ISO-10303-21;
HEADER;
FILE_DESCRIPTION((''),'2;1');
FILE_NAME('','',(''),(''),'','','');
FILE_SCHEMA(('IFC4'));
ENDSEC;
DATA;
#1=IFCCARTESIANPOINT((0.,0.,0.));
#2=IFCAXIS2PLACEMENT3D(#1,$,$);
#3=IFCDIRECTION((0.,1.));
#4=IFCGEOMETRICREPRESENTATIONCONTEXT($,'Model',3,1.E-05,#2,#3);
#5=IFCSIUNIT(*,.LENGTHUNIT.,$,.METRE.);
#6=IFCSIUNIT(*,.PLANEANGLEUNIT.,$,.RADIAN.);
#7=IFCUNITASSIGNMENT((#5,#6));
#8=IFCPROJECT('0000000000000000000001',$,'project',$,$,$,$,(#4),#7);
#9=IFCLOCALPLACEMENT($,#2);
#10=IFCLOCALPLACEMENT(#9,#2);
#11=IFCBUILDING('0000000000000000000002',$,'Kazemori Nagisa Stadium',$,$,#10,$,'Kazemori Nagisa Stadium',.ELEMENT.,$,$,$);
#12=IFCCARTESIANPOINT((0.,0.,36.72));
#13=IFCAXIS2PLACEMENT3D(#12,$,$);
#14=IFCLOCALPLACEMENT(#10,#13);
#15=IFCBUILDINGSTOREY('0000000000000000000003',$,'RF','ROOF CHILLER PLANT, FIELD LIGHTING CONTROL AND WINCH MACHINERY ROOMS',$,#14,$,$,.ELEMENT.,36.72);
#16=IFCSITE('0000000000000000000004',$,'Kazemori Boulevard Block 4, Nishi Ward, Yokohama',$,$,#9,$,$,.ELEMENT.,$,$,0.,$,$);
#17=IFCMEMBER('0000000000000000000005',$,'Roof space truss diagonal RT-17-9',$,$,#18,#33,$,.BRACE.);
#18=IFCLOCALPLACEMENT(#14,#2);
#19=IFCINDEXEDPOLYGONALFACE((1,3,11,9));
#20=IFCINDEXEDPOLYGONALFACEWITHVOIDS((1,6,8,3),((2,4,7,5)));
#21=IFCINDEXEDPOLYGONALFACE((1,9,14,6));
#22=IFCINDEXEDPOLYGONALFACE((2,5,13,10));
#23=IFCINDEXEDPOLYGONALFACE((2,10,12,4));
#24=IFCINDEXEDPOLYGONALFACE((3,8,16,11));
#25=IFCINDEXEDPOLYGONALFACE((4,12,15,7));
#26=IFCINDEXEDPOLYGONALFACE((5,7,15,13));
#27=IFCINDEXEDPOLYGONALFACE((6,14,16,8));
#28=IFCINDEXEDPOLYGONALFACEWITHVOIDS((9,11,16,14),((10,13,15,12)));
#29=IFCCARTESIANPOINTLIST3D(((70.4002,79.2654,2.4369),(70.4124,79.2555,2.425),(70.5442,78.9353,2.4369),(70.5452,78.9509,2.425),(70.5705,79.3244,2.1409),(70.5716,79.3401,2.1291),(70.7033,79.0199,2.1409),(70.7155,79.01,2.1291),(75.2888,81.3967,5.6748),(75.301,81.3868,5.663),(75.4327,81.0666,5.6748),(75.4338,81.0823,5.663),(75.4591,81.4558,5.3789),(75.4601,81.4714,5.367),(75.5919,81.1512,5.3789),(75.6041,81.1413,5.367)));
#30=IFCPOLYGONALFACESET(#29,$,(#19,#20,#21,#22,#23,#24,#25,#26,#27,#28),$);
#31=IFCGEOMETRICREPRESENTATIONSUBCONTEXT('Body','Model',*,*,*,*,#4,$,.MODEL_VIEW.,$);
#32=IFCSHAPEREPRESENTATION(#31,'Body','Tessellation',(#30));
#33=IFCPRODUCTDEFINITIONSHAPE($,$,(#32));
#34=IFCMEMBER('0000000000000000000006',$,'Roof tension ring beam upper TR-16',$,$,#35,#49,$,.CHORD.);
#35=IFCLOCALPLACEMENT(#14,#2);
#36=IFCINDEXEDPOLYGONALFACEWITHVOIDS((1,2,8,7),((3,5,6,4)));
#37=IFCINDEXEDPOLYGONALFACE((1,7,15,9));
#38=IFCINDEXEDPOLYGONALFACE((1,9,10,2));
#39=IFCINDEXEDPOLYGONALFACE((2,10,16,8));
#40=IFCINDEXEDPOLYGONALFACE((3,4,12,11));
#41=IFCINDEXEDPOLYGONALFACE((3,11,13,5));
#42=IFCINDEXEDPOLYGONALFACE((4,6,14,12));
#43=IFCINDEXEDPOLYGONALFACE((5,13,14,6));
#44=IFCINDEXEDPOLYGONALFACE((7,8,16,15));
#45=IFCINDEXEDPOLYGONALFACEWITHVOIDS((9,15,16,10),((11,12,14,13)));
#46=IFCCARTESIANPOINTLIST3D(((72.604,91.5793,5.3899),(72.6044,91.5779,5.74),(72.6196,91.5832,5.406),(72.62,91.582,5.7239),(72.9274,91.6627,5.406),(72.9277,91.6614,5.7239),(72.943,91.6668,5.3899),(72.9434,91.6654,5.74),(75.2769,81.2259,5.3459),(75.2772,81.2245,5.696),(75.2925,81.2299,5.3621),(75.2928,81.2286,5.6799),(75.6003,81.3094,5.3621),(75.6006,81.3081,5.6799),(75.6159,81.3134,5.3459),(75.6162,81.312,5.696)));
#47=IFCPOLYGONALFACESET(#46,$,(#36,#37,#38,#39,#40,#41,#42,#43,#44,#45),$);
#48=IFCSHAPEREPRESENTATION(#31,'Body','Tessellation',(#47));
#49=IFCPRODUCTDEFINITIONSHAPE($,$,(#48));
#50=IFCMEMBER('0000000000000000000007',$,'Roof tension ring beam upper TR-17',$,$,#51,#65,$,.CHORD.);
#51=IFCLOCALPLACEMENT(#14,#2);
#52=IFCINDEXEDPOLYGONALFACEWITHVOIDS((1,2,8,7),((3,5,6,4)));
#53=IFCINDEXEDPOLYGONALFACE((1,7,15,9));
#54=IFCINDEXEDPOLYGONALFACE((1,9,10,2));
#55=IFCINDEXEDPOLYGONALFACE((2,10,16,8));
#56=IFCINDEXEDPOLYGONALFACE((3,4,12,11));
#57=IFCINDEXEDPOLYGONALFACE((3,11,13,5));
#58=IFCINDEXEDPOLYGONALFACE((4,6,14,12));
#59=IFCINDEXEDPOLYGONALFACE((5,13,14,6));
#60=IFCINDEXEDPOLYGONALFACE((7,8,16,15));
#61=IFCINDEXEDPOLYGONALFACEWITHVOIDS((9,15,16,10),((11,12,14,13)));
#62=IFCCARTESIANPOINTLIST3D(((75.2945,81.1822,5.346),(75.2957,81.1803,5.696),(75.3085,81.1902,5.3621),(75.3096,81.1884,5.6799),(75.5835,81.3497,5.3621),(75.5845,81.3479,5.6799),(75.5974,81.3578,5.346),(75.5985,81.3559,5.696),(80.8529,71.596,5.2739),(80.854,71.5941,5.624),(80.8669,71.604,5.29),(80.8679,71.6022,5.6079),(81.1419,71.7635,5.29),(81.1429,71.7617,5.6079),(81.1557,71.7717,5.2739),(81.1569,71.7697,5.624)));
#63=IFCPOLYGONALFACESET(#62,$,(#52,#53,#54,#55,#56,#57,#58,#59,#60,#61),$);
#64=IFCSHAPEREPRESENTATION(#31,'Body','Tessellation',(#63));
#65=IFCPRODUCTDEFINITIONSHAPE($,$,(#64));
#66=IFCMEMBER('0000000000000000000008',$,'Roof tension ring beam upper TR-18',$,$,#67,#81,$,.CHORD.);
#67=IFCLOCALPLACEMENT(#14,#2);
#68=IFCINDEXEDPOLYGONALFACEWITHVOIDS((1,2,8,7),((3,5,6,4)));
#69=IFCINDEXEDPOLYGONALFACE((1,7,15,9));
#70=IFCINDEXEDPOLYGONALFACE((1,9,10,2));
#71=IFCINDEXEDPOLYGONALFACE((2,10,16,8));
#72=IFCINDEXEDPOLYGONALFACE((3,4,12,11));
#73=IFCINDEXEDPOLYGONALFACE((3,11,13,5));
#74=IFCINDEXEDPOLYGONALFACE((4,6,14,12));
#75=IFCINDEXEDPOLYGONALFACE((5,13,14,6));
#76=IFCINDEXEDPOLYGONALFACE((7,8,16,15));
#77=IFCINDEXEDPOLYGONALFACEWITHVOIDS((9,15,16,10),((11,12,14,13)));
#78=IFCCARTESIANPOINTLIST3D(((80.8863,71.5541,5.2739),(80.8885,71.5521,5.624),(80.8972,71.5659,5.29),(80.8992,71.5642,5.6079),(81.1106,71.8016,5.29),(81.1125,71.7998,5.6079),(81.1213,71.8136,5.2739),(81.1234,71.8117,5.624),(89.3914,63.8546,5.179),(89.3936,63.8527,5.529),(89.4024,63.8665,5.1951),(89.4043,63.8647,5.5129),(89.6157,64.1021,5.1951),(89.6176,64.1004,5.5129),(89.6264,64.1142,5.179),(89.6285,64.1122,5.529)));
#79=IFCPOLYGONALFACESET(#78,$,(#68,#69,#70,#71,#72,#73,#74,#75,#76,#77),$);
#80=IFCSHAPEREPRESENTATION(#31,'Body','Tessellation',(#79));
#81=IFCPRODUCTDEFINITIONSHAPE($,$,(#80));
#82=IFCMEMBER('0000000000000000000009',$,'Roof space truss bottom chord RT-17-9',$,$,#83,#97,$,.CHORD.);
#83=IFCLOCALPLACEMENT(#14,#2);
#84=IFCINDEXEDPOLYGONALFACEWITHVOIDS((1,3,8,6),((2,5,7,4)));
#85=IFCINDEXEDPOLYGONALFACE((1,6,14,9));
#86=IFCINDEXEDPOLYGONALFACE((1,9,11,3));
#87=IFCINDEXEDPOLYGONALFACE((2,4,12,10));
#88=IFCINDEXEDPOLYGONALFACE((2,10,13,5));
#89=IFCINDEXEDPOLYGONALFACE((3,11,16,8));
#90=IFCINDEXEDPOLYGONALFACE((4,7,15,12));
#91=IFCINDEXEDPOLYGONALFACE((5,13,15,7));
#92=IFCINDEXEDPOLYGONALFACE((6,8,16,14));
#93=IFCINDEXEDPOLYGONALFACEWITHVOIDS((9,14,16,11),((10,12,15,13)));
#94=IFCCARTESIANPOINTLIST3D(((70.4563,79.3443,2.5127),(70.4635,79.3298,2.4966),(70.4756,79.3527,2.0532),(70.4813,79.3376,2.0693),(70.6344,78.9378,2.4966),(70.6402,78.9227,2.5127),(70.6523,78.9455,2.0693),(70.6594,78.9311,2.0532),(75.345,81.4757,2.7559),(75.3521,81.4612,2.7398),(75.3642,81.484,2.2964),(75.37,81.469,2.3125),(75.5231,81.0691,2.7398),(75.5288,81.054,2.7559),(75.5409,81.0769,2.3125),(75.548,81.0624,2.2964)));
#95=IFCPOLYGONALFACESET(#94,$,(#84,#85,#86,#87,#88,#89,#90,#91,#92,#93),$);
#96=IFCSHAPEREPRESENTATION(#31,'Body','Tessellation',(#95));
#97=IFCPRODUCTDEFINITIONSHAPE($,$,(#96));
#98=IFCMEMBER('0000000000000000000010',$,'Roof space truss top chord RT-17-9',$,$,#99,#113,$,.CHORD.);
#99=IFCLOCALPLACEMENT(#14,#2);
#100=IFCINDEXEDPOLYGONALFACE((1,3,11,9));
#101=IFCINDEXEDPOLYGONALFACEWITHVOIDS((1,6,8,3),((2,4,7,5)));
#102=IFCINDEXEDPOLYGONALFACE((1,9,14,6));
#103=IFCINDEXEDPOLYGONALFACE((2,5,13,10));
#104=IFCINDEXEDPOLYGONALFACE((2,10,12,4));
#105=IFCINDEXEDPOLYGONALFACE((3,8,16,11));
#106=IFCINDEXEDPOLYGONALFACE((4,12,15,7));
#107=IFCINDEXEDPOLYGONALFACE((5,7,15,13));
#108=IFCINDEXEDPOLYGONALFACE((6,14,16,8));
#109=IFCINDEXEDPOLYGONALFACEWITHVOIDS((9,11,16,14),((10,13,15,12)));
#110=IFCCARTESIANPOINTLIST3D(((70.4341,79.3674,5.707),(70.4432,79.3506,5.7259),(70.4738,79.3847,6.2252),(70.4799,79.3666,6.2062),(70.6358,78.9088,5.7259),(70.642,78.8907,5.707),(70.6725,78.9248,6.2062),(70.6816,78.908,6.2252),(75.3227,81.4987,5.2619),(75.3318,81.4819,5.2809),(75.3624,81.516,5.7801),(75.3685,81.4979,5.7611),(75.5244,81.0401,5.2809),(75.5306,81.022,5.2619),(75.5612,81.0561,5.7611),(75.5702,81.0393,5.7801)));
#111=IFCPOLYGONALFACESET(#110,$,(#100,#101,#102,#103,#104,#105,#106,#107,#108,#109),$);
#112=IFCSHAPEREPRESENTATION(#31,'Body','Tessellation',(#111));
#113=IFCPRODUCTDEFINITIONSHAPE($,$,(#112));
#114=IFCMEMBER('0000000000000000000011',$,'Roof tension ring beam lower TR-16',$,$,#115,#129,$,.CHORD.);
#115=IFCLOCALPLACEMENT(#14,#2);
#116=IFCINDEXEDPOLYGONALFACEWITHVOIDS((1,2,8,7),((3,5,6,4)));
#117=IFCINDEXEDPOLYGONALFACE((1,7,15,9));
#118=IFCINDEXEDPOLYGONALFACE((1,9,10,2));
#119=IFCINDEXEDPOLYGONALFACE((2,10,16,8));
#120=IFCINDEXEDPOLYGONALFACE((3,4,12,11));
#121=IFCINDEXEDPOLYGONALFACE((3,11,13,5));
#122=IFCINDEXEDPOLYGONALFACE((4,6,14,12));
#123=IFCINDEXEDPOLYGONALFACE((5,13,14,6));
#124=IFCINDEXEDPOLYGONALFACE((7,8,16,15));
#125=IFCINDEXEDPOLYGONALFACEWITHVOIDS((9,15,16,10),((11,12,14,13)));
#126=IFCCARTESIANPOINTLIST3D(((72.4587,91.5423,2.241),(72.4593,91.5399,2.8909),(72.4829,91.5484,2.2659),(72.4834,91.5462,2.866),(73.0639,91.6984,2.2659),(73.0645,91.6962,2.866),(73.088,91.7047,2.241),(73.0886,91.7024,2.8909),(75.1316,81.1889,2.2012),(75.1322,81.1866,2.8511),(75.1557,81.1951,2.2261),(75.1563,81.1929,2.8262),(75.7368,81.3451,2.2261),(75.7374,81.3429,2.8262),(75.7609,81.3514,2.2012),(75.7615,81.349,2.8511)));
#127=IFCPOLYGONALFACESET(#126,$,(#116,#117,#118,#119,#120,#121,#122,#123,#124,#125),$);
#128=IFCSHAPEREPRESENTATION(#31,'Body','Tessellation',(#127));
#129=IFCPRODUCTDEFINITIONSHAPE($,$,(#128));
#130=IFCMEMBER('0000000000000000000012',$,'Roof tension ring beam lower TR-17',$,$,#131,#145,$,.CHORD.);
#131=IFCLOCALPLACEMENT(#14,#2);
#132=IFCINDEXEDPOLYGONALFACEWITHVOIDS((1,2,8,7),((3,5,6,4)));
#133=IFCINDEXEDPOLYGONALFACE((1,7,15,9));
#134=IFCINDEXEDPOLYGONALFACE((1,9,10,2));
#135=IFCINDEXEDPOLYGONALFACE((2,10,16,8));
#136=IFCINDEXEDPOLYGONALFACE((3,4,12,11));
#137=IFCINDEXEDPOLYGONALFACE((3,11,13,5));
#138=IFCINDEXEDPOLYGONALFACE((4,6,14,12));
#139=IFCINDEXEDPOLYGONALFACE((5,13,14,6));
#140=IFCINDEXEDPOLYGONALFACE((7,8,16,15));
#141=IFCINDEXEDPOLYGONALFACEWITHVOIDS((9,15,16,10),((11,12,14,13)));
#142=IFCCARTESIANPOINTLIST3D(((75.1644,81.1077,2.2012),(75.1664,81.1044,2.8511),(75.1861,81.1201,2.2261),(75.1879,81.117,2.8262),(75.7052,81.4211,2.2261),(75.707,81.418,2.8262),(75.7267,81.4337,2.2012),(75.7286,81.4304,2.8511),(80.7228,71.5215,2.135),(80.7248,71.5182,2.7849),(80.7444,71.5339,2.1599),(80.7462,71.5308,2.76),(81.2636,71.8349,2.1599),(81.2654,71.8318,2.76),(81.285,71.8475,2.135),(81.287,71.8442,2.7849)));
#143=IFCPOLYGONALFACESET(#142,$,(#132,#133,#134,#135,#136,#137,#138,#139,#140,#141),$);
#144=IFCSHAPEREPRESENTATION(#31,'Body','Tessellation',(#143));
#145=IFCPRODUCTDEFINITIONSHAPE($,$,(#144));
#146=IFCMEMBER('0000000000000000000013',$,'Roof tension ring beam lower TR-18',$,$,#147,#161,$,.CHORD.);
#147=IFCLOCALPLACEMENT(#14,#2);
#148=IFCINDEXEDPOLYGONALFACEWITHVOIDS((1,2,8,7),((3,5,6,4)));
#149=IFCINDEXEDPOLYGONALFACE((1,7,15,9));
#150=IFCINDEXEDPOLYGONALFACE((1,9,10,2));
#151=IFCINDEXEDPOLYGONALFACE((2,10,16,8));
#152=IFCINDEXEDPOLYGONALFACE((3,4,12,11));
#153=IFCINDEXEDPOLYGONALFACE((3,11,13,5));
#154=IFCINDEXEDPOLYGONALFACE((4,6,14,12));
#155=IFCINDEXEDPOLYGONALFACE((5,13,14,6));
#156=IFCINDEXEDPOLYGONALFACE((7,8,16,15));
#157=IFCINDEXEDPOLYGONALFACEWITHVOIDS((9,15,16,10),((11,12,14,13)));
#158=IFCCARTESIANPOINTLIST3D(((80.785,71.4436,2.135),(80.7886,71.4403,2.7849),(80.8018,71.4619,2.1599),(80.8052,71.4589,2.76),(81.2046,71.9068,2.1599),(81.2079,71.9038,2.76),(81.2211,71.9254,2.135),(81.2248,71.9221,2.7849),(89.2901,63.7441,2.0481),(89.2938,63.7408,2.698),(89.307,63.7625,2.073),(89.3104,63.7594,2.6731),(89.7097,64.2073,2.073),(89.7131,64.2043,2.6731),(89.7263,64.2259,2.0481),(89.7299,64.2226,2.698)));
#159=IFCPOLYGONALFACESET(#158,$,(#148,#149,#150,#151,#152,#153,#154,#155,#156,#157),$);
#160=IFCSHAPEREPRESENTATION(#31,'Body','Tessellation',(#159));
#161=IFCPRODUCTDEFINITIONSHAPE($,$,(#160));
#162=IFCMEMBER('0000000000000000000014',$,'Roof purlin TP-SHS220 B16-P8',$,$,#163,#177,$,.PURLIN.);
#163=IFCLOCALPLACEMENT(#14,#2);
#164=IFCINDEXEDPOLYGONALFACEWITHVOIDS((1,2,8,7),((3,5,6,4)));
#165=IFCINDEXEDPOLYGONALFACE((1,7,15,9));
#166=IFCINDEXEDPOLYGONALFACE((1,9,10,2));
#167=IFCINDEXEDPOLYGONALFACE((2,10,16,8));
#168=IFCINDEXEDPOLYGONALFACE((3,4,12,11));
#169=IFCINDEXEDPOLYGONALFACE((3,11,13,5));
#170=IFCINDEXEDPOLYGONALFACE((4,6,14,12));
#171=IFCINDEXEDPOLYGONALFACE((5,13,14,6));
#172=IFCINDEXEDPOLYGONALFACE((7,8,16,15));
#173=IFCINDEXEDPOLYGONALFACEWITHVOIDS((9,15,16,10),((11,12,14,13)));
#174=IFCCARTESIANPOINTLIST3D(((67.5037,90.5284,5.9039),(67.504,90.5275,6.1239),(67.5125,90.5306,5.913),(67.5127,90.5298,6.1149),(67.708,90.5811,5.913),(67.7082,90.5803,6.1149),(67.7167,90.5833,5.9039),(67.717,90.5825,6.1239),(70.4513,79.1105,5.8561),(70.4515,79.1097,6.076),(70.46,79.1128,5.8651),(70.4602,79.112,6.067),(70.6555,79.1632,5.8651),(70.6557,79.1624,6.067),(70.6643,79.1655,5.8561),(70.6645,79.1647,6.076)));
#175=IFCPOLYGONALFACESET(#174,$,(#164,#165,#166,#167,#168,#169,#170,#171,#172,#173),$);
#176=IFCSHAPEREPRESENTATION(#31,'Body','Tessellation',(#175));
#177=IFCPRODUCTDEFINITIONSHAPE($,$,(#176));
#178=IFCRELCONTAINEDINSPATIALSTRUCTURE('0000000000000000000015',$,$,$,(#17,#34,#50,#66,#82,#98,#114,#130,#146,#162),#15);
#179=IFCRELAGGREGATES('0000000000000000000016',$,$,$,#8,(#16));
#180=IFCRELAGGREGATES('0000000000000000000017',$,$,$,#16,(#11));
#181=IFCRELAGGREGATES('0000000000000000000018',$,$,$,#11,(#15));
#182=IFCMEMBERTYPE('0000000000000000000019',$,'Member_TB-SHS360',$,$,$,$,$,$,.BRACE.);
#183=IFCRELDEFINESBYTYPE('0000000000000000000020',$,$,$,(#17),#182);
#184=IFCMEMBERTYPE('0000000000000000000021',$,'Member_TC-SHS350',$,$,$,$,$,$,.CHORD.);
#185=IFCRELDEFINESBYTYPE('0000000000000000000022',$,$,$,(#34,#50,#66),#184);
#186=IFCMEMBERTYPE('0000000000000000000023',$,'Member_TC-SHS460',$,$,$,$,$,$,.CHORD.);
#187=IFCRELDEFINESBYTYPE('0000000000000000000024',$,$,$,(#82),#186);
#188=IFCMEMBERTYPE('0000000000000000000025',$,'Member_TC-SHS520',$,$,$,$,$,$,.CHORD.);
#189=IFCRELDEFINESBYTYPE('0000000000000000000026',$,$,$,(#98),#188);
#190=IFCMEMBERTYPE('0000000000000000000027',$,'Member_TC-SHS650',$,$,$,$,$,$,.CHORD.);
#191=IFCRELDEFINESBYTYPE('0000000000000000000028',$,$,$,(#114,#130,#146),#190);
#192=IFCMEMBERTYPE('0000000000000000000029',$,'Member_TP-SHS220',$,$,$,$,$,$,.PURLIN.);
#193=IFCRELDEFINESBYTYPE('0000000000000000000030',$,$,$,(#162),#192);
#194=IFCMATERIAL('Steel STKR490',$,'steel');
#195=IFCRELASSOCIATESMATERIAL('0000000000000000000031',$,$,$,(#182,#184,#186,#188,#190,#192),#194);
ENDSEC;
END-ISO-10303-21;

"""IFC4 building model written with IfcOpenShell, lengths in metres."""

from ifc_helpers import new_model, si_unit, direction, frame, origin, origin_2d, place, context, subcontext, project, spatial, hollow_rectangle, extrude, material, material_profile, profile_set, type_object, element, save


model = new_model("IFC4")

# Units and contexts
model_context = context("Model", 3, precision=1e-05, world=origin(), true_north=direction((0.0, 1.0)))
body_context = subcontext(model_context, "Body", "Model", "MODEL_VIEW")
ifc_project = project(units=[si_unit("LENGTHUNIT", "METRE"), si_unit("PLANEANGLEUNIT", "RADIAN")], contexts=[model_context])

# Site, building, storey
site_placement = place(None, origin())
site = spatial("IfcSite", under=ifc_project, at=site_placement, Name="Kazemori Boulevard Block 4, Nishi Ward, Yokohama", CompositionType="ELEMENT", RefElevation=0.0)
building_placement = place(site_placement, origin())
building = spatial("IfcBuilding", under=site, at=building_placement, Name="Kazemori Nagisa Stadium", LongName="Kazemori Nagisa Stadium", CompositionType="ELEMENT")
storey_placement = place(building_placement, frame((0.0, 0.0, 36.72)))
storey = spatial("IfcBuildingStorey", under=building, at=storey_placement, Name="RF", Description="ROOF CHILLER PLANT, FIELD LIGHTING CONTROL AND WINCH MACHINERY ROOMS", CompositionType="ELEMENT", Elevation=36.72)

# Members
ifc_material = material(Name="Steel STKR490", Category="steel")
ifc_material_profile_1 = material_profile(ifc_material, hollow_rectangle(XDim=0.3601, YDim=0.3601, WallThickness=0.0139, at=origin_2d()), Name="SHS-360x360x14")
ifc_profile_set_1 = profile_set([ifc_material_profile_1], Name="Steel STKR490")
member_type_1 = type_object("IfcMemberType", Name="Member_TB-SHS360", PredefinedType="BRACE", material=ifc_profile_set_1)
member_1_placement = place(storey_placement, frame((70.5579, 79.1377, 2.283), z_axis=(0.783551, 0.34161, 0.518989), x_axis=(-0.399647, 0.916669, 0.0)))
element("IfcMember", 1, at=member_1_placement, inside=storey, type_object=member_type_1, Name="Roof space truss diagonal RT-17-9", PredefinedType="BRACE", context=body_context, shape_type="SweptSolid", body=[
    extrude(hollow_rectangle(XDim=0.3601, YDim=0.3601, WallThickness=0.0139, at=origin_2d()), origin(), (0.0, 0.0, 1.0), 6.239),
])
ifc_material_profile_2 = material_profile(ifc_material, hollow_rectangle(XDim=0.3501, YDim=0.3501, WallThickness=0.0161, at=origin_2d()), Name="SHS-350x350x16")
ifc_profile_set_2 = profile_set([ifc_material_profile_2], Name="Steel STKR490")
member_type_2 = type_object("IfcMemberType", Name="Member_TC-SHS350", PredefinedType="CHORD", material=ifc_profile_set_2)
member_2_placement = place(storey_placement, frame((72.7737, 91.6223, 5.5649), z_axis=(0.249967, -0.968246, -0.00411), x_axis=(0.968254, 0.249969, 0.0)))
element("IfcMember", 2, at=member_2_placement, inside=storey, type_object=member_type_2, Name="Roof tension ring beam upper TR-16", PredefinedType="CHORD", context=body_context, shape_type="SweptSolid", body=[
    extrude(hollow_rectangle(XDim=0.3501, YDim=0.3501, WallThickness=0.0161, at=origin_2d()), origin(), (0.0, 0.0, 1.0), 10.6929),
])
member_3_placement = place(storey_placement, frame((75.4465, 81.269, 5.521), z_axis=(0.501597, -0.865077, -0.006499), x_axis=(0.865095, 0.501608, 0.0)))
element("IfcMember", 3, at=member_3_placement, inside=storey, type_object=member_type_2, Name="Roof tension ring beam upper TR-17", PredefinedType="CHORD", context=body_context, shape_type="SweptSolid", body=[
    extrude(hollow_rectangle(XDim=0.3501, YDim=0.3501, WallThickness=0.0161, at=origin_2d()), origin(), (0.0, 0.0, 1.0), 11.0813),
])
member_4_placement = place(storey_placement, frame((81.0049, 71.6829, 5.449), z_axis=(0.741322, -0.671099, -0.008278), x_axis=(0.671122, 0.741347, 0.0)))
element("IfcMember", 4, at=member_4_placement, inside=storey, type_object=member_type_2, Name="Roof tension ring beam upper TR-18", PredefinedType="CHORD", context=body_context, shape_type="SweptSolid", body=[
    extrude(hollow_rectangle(XDim=0.3501, YDim=0.3501, WallThickness=0.0161, at=origin_2d()), origin(), (0.0, 0.0, 1.0), 11.4729),
])
ifc_material_profile_3 = material_profile(ifc_material, hollow_rectangle(XDim=0.46, YDim=0.46, WallThickness=0.0161, at=origin_2d()), Name="SHS-460x460x16")
ifc_profile_set_3 = profile_set([ifc_material_profile_3], Name="Steel STKR490")
member_type_3 = type_object("IfcMemberType", Name="Member_TC-SHS460", PredefinedType="CHORD", material=ifc_profile_set_3)
member_5_placement = place(storey_placement, frame((70.5579, 79.1377, 2.283), z_axis=(0.915718, 0.399232, 0.045548), x_axis=(-0.399647, 0.916669, 0.0)))
element("IfcMember", 5, at=member_5_placement, inside=storey, type_object=member_type_3, Name="Roof space truss bottom chord RT-17-9", PredefinedType="CHORD", context=body_context, shape_type="SweptSolid", body=[
    extrude(hollow_rectangle(XDim=0.46, YDim=0.46, WallThickness=0.0161, at=origin_2d()), origin(), (0.0, 0.0, 1.0), 5.3386),
])
ifc_material_profile_4 = material_profile(ifc_material, hollow_rectangle(XDim=0.52, YDim=0.52, WallThickness=0.019, at=origin_2d()), Name="SHS-520x520x19")
ifc_profile_set_4 = profile_set([ifc_material_profile_4], Name="Steel STKR490")
member_type_4 = type_object("IfcMemberType", Name="Member_TC-SHS520", PredefinedType="CHORD", material=ifc_profile_set_4)
member_6_placement = place(storey_placement, frame((70.5579, 79.1377, 5.9661), z_axis=(0.913494, 0.398262, -0.083165), x_axis=(-0.399647, 0.916669, 0.0)))
element("IfcMember", 6, at=member_6_placement, inside=storey, type_object=member_type_4, Name="Roof space truss top chord RT-17-9", PredefinedType="CHORD", context=body_context, shape_type="SweptSolid", body=[
    extrude(hollow_rectangle(XDim=0.52, YDim=0.52, WallThickness=0.019, at=origin_2d()), origin(), (0.0, 0.0, 1.0), 5.3516),
])
ifc_material_profile_5 = material_profile(ifc_material, hollow_rectangle(XDim=0.6499, YDim=0.6499, WallThickness=0.0249, at=origin_2d()), Name="SHS-650x650x25")
ifc_profile_set_5 = profile_set([ifc_material_profile_5], Name="Steel STKR490")
member_type_5 = type_object("IfcMemberType", Name="Member_TC-SHS650", PredefinedType="CHORD", material=ifc_profile_set_5)
member_7_placement = place(storey_placement, frame((72.7737, 91.6223, 2.5659), z_axis=(0.249967, -0.968247, -0.003722), x_axis=(0.968254, 0.249969, 0.0)))
element("IfcMember", 7, at=member_7_placement, inside=storey, type_object=member_type_5, Name="Roof tension ring beam lower TR-16", PredefinedType="CHORD", context=body_context, shape_type="SweptSolid", body=[
    extrude(hollow_rectangle(XDim=0.6499, YDim=0.6499, WallThickness=0.0249, at=origin_2d()), origin(), (0.0, 0.0, 1.0), 10.6929),
])
member_8_placement = place(storey_placement, frame((75.4465, 81.269, 2.5261), z_axis=(0.501599, -0.86508, -0.005971), x_axis=(0.865095, 0.501608, 0.0)))
element("IfcMember", 8, at=member_8_placement, inside=storey, type_object=member_type_5, Name="Roof tension ring beam lower TR-17", PredefinedType="CHORD", context=body_context, shape_type="SweptSolid", body=[
    extrude(hollow_rectangle(XDim=0.6499, YDim=0.6499, WallThickness=0.0249, at=origin_2d()), origin(), (0.0, 0.0, 1.0), 11.0813),
])
member_9_placement = place(storey_placement, frame((81.0049, 71.6829, 2.46), z_axis=(0.741326, -0.671102, -0.007576), x_axis=(0.671122, 0.741347, 0.0)))
element("IfcMember", 9, at=member_9_placement, inside=storey, type_object=member_type_5, Name="Roof tension ring beam lower TR-18", PredefinedType="CHORD", context=body_context, shape_type="SweptSolid", body=[
    extrude(hollow_rectangle(XDim=0.6499, YDim=0.6499, WallThickness=0.0249, at=origin_2d()), origin(), (0.0, 0.0, 1.0), 11.4729),
])
ifc_material_profile_6 = material_profile(ifc_material, hollow_rectangle(XDim=0.22, YDim=0.22, WallThickness=0.009, at=origin_2d()), Name="SHS-220x220x9")
ifc_profile_set_6 = profile_set([ifc_material_profile_6], Name="Steel STKR490")
member_type_6 = type_object("IfcMemberType", Name="Member_TP-SHS220", PredefinedType="PURLIN", material=ifc_profile_set_6)
member_10_placement = place(storey_placement, frame((67.6104, 90.5554, 6.0139), z_axis=(0.249955, -0.968249, -0.004058), x_axis=(0.968257, 0.249958, 0.0)))
element("IfcMember", 10, at=member_10_placement, inside=storey, type_object=member_type_6, Name="Roof purlin TP-SHS220 B16-P8", PredefinedType="PURLIN", context=body_context, shape_type="SweptSolid", body=[
    extrude(hollow_rectangle(XDim=0.22, YDim=0.22, WallThickness=0.009, at=origin_2d()), origin(), (0.0, 0.0, 1.0), 11.7922),
])

save(model, "model.ifc")
